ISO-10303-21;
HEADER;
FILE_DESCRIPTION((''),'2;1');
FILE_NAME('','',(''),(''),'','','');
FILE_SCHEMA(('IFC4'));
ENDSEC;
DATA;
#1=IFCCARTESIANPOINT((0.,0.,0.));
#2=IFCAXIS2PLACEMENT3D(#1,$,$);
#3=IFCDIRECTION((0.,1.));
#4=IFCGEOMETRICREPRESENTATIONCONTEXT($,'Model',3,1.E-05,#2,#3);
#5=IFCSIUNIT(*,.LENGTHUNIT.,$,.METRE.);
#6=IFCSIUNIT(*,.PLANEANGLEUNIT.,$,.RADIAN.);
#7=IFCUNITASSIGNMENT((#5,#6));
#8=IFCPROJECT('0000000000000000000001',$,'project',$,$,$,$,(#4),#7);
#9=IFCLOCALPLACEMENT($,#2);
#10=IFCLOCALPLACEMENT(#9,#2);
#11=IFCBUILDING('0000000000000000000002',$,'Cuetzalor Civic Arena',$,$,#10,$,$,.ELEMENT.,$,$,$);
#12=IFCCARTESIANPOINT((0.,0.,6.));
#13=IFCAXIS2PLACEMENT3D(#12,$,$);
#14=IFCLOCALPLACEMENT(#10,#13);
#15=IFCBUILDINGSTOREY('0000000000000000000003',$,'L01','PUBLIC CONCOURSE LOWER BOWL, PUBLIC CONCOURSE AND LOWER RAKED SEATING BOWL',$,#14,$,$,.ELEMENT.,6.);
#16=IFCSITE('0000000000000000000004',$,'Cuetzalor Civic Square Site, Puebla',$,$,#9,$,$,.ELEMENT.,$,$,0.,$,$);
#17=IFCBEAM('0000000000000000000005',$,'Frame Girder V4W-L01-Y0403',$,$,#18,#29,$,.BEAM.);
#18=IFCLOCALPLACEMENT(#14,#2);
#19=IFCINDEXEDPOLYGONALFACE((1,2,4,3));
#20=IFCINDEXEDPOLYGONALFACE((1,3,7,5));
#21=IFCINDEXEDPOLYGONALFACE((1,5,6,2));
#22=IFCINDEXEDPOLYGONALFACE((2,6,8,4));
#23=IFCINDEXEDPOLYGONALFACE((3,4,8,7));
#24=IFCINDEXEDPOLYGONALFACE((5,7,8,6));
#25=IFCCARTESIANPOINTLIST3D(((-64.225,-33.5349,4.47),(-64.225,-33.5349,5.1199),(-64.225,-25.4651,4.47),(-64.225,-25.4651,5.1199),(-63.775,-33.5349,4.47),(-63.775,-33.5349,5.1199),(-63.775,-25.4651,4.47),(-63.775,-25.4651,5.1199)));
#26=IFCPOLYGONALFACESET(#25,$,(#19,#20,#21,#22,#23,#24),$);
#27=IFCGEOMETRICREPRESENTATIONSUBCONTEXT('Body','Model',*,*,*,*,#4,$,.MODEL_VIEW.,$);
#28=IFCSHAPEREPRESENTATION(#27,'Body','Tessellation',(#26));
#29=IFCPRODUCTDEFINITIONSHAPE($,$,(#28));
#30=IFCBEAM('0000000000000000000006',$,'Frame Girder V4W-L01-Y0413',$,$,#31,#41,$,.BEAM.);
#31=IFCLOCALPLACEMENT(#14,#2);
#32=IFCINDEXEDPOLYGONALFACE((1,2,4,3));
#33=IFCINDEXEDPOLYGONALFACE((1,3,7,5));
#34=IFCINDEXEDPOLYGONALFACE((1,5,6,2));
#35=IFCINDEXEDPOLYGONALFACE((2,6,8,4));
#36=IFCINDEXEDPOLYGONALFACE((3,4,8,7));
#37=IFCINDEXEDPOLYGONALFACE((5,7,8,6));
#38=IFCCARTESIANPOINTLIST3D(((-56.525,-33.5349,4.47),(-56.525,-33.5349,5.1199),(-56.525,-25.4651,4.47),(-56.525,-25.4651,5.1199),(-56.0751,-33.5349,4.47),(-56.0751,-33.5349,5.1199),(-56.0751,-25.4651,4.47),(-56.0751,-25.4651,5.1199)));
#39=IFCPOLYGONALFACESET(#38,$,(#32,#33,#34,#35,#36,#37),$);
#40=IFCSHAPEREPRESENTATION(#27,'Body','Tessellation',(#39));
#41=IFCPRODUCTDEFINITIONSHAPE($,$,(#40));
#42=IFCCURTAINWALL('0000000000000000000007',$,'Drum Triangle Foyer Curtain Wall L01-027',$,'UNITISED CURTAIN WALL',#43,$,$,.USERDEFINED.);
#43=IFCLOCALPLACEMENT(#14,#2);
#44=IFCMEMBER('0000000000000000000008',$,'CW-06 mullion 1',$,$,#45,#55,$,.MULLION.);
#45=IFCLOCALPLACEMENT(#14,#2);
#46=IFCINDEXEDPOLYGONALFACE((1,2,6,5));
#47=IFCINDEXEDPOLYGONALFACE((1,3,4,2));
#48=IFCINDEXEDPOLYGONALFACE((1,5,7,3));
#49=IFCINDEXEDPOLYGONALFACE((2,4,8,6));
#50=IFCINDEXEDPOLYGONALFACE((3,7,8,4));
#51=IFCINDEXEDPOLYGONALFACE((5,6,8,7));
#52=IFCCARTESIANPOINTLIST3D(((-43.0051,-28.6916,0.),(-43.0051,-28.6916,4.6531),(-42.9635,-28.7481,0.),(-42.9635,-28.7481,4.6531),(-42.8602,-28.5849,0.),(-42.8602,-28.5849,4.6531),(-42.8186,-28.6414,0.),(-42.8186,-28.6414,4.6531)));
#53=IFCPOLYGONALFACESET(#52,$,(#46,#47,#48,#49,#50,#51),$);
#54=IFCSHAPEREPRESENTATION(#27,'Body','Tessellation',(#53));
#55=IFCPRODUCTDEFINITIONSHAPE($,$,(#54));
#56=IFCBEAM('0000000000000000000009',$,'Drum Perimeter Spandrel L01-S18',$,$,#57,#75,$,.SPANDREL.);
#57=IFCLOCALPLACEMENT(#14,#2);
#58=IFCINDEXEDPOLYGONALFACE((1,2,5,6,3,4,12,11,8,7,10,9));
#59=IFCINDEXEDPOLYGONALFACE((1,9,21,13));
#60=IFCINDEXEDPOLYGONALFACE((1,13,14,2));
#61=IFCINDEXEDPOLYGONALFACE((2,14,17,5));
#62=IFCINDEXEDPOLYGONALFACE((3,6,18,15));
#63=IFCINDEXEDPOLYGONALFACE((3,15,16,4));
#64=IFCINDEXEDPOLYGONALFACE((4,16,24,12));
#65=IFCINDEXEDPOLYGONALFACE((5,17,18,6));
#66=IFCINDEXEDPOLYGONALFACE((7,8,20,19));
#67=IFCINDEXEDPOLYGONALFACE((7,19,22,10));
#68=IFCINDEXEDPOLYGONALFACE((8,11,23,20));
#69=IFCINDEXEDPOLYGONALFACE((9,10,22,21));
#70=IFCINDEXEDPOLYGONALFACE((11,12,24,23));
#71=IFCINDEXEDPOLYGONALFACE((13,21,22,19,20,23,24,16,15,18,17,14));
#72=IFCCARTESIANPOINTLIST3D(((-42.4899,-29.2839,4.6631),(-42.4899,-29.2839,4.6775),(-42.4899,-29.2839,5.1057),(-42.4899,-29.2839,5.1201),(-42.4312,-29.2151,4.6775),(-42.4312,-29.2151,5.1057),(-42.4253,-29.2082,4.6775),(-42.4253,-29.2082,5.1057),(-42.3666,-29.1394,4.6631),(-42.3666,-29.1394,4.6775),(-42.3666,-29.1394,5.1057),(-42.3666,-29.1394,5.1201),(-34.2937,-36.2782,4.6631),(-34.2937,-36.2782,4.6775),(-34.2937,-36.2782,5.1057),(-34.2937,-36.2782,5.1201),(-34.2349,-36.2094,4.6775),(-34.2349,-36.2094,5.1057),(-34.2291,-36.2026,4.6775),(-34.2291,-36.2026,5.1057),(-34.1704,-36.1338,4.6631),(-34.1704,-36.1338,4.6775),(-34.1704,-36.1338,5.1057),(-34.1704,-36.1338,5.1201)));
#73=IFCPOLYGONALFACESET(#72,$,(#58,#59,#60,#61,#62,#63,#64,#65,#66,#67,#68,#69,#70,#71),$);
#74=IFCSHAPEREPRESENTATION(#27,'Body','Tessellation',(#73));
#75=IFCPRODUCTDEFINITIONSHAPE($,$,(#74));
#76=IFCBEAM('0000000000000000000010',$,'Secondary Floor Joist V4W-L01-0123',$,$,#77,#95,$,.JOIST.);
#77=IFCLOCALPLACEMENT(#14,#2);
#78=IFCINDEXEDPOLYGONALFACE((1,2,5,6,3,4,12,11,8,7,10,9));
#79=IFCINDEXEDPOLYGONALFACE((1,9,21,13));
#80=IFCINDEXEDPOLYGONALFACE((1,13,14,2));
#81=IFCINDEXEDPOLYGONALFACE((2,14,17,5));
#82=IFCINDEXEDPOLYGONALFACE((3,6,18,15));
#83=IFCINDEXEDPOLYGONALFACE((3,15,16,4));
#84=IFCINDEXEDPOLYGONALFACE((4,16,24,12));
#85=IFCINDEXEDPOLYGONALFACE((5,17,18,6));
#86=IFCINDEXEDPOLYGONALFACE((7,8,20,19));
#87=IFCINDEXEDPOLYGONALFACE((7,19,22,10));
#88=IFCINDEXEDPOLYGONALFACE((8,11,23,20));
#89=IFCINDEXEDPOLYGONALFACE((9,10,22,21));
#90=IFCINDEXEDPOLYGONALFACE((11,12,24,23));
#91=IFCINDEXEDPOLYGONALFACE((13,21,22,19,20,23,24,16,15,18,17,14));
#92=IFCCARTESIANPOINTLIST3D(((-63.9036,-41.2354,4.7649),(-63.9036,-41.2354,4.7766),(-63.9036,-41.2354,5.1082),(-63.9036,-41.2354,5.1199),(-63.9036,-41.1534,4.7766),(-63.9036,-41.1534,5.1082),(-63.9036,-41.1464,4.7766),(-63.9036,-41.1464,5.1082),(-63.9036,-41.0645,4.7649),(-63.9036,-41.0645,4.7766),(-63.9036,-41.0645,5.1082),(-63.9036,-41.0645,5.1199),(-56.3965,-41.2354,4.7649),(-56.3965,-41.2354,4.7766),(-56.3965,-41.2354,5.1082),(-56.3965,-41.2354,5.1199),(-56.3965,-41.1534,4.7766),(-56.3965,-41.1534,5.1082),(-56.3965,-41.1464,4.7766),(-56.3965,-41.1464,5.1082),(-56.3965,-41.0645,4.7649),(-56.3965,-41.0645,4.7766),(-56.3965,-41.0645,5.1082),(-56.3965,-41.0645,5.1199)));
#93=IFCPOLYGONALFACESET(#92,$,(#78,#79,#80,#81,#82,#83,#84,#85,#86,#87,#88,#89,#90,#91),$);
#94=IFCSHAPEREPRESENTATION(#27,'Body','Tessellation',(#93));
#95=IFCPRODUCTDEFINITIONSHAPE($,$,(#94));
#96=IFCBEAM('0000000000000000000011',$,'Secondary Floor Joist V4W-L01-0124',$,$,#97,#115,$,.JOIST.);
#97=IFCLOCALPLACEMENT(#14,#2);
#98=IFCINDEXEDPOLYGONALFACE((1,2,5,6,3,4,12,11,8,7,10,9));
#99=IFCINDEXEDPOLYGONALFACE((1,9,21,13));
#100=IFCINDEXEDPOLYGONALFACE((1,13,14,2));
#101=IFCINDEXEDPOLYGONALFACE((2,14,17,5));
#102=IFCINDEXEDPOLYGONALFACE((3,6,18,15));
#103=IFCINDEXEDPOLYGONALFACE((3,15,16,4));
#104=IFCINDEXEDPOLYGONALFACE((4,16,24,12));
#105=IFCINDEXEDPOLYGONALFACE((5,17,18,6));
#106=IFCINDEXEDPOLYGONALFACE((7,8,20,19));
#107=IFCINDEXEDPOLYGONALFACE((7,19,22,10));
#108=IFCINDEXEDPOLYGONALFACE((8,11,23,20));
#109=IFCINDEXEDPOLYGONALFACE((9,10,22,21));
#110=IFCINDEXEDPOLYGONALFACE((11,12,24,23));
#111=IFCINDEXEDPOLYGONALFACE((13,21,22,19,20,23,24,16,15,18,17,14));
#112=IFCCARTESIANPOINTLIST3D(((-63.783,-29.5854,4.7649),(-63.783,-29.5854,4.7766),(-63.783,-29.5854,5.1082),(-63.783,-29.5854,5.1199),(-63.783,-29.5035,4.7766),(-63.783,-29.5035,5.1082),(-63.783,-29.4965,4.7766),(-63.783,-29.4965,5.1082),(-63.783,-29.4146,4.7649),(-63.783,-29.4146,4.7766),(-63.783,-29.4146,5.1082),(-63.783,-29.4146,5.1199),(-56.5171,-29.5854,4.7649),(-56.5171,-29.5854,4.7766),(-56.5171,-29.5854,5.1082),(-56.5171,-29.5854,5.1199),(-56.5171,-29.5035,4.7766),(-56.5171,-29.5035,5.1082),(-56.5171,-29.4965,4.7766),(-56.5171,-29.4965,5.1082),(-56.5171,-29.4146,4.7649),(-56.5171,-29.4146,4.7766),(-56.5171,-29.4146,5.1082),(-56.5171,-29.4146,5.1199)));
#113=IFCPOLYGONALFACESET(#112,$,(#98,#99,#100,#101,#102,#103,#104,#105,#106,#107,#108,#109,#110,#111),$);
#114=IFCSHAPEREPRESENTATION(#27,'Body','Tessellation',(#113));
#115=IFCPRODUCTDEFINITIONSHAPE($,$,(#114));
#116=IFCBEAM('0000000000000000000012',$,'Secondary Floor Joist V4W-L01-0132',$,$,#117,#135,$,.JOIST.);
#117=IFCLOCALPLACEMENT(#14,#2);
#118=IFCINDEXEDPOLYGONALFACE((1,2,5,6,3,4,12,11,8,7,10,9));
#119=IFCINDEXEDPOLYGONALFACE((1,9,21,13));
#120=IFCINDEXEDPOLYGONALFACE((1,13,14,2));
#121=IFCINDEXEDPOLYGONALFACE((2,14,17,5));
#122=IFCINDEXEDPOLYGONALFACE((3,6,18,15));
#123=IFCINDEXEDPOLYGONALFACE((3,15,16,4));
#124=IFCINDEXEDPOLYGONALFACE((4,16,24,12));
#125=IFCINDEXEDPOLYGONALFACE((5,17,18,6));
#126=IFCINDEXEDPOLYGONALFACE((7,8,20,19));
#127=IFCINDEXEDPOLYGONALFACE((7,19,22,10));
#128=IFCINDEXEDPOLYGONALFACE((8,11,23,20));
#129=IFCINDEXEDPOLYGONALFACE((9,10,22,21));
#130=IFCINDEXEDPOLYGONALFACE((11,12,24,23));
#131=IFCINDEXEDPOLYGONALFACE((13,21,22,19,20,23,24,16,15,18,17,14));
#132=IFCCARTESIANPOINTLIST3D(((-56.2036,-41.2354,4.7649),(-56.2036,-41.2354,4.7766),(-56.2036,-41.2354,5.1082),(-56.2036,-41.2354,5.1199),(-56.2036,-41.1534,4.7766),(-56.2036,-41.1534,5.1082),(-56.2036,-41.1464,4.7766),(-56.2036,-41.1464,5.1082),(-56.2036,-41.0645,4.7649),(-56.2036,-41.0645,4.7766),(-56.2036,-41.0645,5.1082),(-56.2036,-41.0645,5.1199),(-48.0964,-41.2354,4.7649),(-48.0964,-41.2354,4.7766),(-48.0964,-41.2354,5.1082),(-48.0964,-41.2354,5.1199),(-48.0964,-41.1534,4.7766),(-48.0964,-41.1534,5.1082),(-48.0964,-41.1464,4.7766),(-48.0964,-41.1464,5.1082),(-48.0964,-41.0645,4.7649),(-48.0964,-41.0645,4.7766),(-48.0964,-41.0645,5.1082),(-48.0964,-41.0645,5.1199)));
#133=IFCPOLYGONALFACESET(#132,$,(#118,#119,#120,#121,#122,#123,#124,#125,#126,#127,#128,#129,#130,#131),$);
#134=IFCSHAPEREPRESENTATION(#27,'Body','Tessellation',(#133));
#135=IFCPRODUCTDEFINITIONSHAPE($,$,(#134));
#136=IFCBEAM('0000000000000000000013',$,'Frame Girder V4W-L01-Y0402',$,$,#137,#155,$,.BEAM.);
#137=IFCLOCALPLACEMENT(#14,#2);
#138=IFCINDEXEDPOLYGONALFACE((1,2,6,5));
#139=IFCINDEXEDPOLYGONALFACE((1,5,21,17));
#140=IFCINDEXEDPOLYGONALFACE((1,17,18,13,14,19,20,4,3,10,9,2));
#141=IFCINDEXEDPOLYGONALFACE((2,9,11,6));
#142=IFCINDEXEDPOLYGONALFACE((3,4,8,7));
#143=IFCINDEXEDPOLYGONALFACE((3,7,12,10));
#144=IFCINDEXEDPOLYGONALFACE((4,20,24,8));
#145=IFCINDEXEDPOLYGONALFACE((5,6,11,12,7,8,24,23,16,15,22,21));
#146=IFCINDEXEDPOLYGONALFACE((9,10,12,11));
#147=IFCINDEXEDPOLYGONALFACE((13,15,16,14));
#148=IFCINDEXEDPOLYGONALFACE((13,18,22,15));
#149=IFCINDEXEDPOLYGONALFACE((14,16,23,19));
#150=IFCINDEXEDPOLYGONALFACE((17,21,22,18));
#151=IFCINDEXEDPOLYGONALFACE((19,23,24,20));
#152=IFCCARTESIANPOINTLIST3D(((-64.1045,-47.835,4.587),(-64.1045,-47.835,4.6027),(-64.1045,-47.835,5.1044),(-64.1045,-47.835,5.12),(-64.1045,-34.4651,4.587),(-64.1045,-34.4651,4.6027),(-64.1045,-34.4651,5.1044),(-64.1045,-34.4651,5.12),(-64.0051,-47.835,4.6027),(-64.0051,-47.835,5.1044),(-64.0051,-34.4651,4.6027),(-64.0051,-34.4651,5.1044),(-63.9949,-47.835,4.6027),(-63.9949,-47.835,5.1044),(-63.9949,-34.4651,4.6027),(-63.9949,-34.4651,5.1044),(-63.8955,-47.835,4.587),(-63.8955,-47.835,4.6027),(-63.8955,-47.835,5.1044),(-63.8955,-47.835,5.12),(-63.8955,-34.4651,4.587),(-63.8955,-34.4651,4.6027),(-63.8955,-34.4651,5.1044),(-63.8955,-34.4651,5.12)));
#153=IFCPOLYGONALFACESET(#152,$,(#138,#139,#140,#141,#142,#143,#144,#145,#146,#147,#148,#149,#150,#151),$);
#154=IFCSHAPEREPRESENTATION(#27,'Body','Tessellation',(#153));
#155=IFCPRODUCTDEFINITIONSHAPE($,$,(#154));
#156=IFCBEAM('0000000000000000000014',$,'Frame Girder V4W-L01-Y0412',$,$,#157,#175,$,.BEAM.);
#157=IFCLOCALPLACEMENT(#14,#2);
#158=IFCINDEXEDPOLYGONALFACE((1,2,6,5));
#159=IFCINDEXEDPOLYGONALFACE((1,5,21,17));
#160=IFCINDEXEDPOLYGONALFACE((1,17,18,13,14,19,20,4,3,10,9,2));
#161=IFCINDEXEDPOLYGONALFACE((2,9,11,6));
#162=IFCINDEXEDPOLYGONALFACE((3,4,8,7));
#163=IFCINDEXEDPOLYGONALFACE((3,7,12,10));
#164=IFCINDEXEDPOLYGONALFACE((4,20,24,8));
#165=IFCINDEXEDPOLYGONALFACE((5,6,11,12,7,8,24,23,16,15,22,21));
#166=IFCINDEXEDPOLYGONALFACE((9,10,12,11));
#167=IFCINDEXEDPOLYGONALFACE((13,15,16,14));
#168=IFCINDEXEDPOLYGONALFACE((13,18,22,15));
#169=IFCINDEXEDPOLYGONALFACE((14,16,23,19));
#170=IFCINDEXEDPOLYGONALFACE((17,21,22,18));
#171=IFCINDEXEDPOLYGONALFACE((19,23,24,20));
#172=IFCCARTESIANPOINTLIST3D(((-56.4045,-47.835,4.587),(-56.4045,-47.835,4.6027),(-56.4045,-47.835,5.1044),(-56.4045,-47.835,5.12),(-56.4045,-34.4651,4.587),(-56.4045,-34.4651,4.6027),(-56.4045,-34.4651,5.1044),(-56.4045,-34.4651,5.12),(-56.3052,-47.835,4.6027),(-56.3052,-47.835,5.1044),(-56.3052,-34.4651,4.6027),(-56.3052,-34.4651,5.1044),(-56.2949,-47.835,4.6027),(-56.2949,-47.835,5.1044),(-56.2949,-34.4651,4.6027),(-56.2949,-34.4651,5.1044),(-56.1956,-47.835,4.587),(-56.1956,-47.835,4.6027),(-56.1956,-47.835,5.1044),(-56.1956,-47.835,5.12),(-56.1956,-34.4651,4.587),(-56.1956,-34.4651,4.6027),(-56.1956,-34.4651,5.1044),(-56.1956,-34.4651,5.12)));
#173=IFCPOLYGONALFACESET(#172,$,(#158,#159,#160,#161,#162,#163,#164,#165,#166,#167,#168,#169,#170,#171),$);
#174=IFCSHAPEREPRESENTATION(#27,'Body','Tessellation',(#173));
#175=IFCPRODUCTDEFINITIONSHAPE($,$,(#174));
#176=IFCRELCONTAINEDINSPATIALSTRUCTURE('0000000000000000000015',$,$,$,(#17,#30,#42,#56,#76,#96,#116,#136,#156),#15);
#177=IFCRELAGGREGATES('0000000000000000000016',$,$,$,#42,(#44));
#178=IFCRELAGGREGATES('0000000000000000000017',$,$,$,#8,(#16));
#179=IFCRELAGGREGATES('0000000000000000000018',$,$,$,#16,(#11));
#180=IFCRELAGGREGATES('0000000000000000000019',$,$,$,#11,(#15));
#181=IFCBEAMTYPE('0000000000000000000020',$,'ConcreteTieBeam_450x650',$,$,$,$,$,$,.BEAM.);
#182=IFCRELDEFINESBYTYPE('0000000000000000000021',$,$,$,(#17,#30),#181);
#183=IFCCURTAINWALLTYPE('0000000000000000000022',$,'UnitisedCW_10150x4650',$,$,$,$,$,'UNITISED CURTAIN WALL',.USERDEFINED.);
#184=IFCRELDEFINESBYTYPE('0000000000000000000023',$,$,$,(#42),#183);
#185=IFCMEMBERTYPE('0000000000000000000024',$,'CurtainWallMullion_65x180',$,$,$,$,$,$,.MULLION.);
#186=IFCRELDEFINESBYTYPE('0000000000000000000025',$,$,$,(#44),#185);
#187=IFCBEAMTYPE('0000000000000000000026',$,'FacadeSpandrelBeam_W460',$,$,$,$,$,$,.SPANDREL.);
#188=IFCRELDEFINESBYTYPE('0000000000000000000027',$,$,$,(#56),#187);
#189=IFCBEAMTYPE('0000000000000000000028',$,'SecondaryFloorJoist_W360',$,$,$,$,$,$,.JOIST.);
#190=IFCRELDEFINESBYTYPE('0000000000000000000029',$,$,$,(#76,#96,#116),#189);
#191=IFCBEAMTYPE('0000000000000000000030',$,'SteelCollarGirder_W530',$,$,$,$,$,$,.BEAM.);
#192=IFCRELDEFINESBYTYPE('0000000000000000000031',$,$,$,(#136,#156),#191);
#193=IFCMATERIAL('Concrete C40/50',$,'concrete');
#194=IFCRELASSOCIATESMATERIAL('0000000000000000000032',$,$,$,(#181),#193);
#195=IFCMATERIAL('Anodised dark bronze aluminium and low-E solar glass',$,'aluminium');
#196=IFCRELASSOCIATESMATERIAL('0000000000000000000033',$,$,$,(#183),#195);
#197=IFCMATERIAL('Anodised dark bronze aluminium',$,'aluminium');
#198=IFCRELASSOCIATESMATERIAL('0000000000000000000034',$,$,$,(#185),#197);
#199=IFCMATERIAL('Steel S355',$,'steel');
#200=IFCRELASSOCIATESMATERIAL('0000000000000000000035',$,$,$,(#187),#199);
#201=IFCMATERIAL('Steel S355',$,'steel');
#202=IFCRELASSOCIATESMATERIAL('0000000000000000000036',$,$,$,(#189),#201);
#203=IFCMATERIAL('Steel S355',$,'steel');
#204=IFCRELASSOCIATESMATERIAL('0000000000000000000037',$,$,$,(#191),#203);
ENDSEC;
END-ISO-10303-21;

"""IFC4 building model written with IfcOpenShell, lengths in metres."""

from ifc_helpers import new_model, si_unit, direction, frame, origin, origin_2d, place, context, subcontext, project, spatial, rectangle, i_section, extrude, material, material_profile, profile_set, type_object, element, aggregate, save


model = new_model("IFC4")

# Units and contexts
model_context = context("Model", 3, precision=1e-05, world=origin(), true_north=direction((0.0, 1.0)))
body_context = subcontext(model_context, "Body", "Model", "MODEL_VIEW")
ifc_project = project(units=[si_unit("LENGTHUNIT", "METRE"), si_unit("PLANEANGLEUNIT", "RADIAN")], contexts=[model_context])

# Site, building, storey
site_placement = place(None, origin())
site = spatial("IfcSite", under=ifc_project, at=site_placement, Name="Cuetzalor Civic Square Site, Puebla", CompositionType="ELEMENT", RefElevation=0.0)
building_placement = place(site_placement, origin())
building = spatial("IfcBuilding", under=site, at=building_placement, Name="Cuetzalor Civic Arena", CompositionType="ELEMENT")
storey_placement = place(building_placement, frame((0.0, 0.0, 6.0)))
storey = spatial("IfcBuildingStorey", under=building, at=storey_placement, Name="L01", Description="PUBLIC CONCOURSE LOWER BOWL, PUBLIC CONCOURSE AND LOWER RAKED SEATING BOWL", CompositionType="ELEMENT", Elevation=6.0)

# Beams
ifc_material_1 = material(Name="Concrete C40/50", Category="concrete")
ifc_material_profile_1 = material_profile(ifc_material_1, rectangle(XDim=0.45, YDim=0.6499, at=origin_2d()), Name="RC 450x650")
ifc_profile_set_1 = profile_set([ifc_material_profile_1], Name="Concrete C40/50")
beam_type_1 = type_object("IfcBeamType", Name="ConcreteTieBeam_450x650", PredefinedType="BEAM", material=ifc_profile_set_1)
for number, where, z_axis, x_axis, name in (
    (1, (-64.0, -33.5349, 4.7949), (0.0, 1.0, 0.0), (-1.0, 0.0, 0.0), "Frame Girder V4W-L01-Y0403"),
    (2, (-56.3, -33.5349, 4.7949), (0.0, 1.0, 0.0), (-1.0, 0.0, 0.0), "Frame Girder V4W-L01-Y0413"),
):
    element("IfcBeam", number, at=place(storey_placement, frame(where, z_axis=z_axis, x_axis=x_axis)), inside=storey, type_object=beam_type_1, Name=name, PredefinedType="BEAM", context=body_context, shape_type="SweptSolid", body=[
        extrude(rectangle(XDim=0.45, YDim=0.6499, at=origin_2d()), origin(), (0.0, 0.0, 1.0), 8.0698),
    ])

# Curtain wall, member
ifc_material_2 = material(Name="Anodised dark bronze aluminium and low-E solar glass", Category="aluminium")
curtain_wall_type = type_object("IfcCurtainWallType", Name="UnitisedCW_10150x4650", ElementType="UNITISED CURTAIN WALL", PredefinedType="USERDEFINED", material=ifc_material_2)
curtain_wall_placement = place(storey_placement, origin())
curtain_wall = element("IfcCurtainWall", 3, at=curtain_wall_placement, inside=storey, type_object=curtain_wall_type, Name="Drum Triangle Foyer Curtain Wall L01-027", ObjectType="UNITISED CURTAIN WALL", PredefinedType="USERDEFINED")
ifc_material_3 = material(Name="Anodised dark bronze aluminium", Category="aluminium")
ifc_material_profile_2 = material_profile(ifc_material_3, rectangle(XDim=0.0701, YDim=0.1799, at=origin_2d()), Name="ALU MULLION 70x180")
ifc_profile_set_2 = profile_set([ifc_material_profile_2], Name="Anodised dark bronze aluminium")
member_type = type_object("IfcMemberType", Name="CurtainWallMullion_65x180", PredefinedType="MULLION", material=ifc_profile_set_2)
member_placement = place(storey_placement, frame((-42.9119, -28.6665, 0.0), z_axis=(0.0, 0.0, 1.0), x_axis=(-0.592929, 0.805255, 0.0)))
member = element("IfcMember", 4, at=member_placement, type_object=member_type, Name="CW-06 mullion 1", PredefinedType="MULLION", context=body_context, shape_type="SweptSolid", body=[
    extrude(rectangle(XDim=0.0701, YDim=0.1799, at=origin_2d()), origin(), (0.0, 0.0, 1.0), 4.6531),
])
aggregate(curtain_wall, [member])

# Beams
ifc_material_4 = material(Name="Steel S355", Category="steel")
ifc_material_profile_3 = material_profile(ifc_material_4, i_section(OverallWidth=0.1899, OverallDepth=0.457, WebThickness=0.009, FlangeThickness=0.0144, at=origin_2d()), Name="W460x74")
ifc_profile_set_3 = profile_set([ifc_material_profile_3], Name="Steel S355")
beam_type_2 = type_object("IfcBeamType", Name="FacadeSpandrelBeam_W460", PredefinedType="SPANDREL", material=ifc_profile_set_3)
beam_1_placement = place(storey_placement, frame((-42.4282, -29.2117, 4.8916), z_axis=(0.760677, -0.649131, 0.0), x_axis=(0.649131, 0.760677, 0.0)))
element("IfcBeam", 5, at=beam_1_placement, inside=storey, type_object=beam_type_2, Name="Drum Perimeter Spandrel L01-S18", PredefinedType="SPANDREL", context=body_context, shape_type="SweptSolid", body=[
    extrude(i_section(OverallWidth=0.1899, OverallDepth=0.457, WebThickness=0.009, FlangeThickness=0.0144, at=origin_2d()), origin(), (0.0, 0.0, 1.0), 10.7749),
])
ifc_material_5 = material(Name="Steel S355", Category="steel")
ifc_material_profile_4 = material_profile(ifc_material_5, i_section(OverallWidth=0.1709, OverallDepth=0.355, WebThickness=0.0071, FlangeThickness=0.0117, at=origin_2d()), Name="W360x51")
ifc_profile_set_4 = profile_set([ifc_material_profile_4], Name="Steel S355")
beam_type_3 = type_object("IfcBeamType", Name="SecondaryFloorJoist_W360", PredefinedType="JOIST", material=ifc_profile_set_4)
beam_2_placement = place(storey_placement, frame((-63.9036, -41.1499, 4.9424), z_axis=(1.0, 0.0, 0.0), x_axis=(0.0, 1.0, 0.0)))
element("IfcBeam", 6, at=beam_2_placement, inside=storey, type_object=beam_type_3, Name="Secondary Floor Joist V4W-L01-0123", PredefinedType="JOIST", context=body_context, shape_type="SweptSolid", body=[
    extrude(i_section(OverallWidth=0.1709, OverallDepth=0.355, WebThickness=0.0071, FlangeThickness=0.0117, at=origin_2d()), origin(), (0.0, 0.0, 1.0), 7.5071),
])
beam_3_placement = place(storey_placement, frame((-63.783, -29.5, 4.9424), z_axis=(1.0, 0.0, 0.0), x_axis=(0.0, 1.0, 0.0)))
element("IfcBeam", 7, at=beam_3_placement, inside=storey, type_object=beam_type_3, Name="Secondary Floor Joist V4W-L01-0124", PredefinedType="JOIST", context=body_context, shape_type="SweptSolid", body=[
    extrude(i_section(OverallWidth=0.1709, OverallDepth=0.355, WebThickness=0.0071, FlangeThickness=0.0117, at=origin_2d()), origin(), (0.0, 0.0, 1.0), 7.2659),
])
beam_4_placement = place(storey_placement, frame((-56.2036, -41.1499, 4.9424), z_axis=(1.0, 0.0, 0.0), x_axis=(0.0, 1.0, 0.0)))
element("IfcBeam", 8, at=beam_4_placement, inside=storey, type_object=beam_type_3, Name="Secondary Floor Joist V4W-L01-0132", PredefinedType="JOIST", context=body_context, shape_type="SweptSolid", body=[
    extrude(i_section(OverallWidth=0.1709, OverallDepth=0.355, WebThickness=0.0071, FlangeThickness=0.0117, at=origin_2d()), origin(), (0.0, 0.0, 1.0), 8.1072),
])
ifc_material_6 = material(Name="Steel S355", Category="steel")
ifc_material_profile_5 = material_profile(ifc_material_6, i_section(OverallWidth=0.209, OverallDepth=0.533, WebThickness=0.0103, FlangeThickness=0.0156, at=origin_2d()), Name="W530x92")
ifc_profile_set_5 = profile_set([ifc_material_profile_5], Name="Steel S355")
beam_type_4 = type_object("IfcBeamType", Name="SteelCollarGirder_W530", PredefinedType="BEAM", material=ifc_profile_set_5)
for number, where, z_axis, x_axis, name in (
    (9, (-64.0, -47.835, 4.8535), (0.0, 1.0, 0.0), (-1.0, 0.0, 0.0), "Frame Girder V4W-L01-Y0402"),
    (10, (-56.3, -47.835, 4.8535), (0.0, 1.0, 0.0), (-1.0, 0.0, 0.0), "Frame Girder V4W-L01-Y0412"),
):
    element("IfcBeam", number, at=place(storey_placement, frame(where, z_axis=z_axis, x_axis=x_axis)), inside=storey, type_object=beam_type_4, Name=name, PredefinedType="BEAM", context=body_context, shape_type="SweptSolid", body=[
        extrude(i_section(OverallWidth=0.209, OverallDepth=0.533, WebThickness=0.0103, FlangeThickness=0.0156, at=origin_2d()), origin(), (0.0, 0.0, 1.0), 13.3699),
    ])

save(model, "model.ifc")
